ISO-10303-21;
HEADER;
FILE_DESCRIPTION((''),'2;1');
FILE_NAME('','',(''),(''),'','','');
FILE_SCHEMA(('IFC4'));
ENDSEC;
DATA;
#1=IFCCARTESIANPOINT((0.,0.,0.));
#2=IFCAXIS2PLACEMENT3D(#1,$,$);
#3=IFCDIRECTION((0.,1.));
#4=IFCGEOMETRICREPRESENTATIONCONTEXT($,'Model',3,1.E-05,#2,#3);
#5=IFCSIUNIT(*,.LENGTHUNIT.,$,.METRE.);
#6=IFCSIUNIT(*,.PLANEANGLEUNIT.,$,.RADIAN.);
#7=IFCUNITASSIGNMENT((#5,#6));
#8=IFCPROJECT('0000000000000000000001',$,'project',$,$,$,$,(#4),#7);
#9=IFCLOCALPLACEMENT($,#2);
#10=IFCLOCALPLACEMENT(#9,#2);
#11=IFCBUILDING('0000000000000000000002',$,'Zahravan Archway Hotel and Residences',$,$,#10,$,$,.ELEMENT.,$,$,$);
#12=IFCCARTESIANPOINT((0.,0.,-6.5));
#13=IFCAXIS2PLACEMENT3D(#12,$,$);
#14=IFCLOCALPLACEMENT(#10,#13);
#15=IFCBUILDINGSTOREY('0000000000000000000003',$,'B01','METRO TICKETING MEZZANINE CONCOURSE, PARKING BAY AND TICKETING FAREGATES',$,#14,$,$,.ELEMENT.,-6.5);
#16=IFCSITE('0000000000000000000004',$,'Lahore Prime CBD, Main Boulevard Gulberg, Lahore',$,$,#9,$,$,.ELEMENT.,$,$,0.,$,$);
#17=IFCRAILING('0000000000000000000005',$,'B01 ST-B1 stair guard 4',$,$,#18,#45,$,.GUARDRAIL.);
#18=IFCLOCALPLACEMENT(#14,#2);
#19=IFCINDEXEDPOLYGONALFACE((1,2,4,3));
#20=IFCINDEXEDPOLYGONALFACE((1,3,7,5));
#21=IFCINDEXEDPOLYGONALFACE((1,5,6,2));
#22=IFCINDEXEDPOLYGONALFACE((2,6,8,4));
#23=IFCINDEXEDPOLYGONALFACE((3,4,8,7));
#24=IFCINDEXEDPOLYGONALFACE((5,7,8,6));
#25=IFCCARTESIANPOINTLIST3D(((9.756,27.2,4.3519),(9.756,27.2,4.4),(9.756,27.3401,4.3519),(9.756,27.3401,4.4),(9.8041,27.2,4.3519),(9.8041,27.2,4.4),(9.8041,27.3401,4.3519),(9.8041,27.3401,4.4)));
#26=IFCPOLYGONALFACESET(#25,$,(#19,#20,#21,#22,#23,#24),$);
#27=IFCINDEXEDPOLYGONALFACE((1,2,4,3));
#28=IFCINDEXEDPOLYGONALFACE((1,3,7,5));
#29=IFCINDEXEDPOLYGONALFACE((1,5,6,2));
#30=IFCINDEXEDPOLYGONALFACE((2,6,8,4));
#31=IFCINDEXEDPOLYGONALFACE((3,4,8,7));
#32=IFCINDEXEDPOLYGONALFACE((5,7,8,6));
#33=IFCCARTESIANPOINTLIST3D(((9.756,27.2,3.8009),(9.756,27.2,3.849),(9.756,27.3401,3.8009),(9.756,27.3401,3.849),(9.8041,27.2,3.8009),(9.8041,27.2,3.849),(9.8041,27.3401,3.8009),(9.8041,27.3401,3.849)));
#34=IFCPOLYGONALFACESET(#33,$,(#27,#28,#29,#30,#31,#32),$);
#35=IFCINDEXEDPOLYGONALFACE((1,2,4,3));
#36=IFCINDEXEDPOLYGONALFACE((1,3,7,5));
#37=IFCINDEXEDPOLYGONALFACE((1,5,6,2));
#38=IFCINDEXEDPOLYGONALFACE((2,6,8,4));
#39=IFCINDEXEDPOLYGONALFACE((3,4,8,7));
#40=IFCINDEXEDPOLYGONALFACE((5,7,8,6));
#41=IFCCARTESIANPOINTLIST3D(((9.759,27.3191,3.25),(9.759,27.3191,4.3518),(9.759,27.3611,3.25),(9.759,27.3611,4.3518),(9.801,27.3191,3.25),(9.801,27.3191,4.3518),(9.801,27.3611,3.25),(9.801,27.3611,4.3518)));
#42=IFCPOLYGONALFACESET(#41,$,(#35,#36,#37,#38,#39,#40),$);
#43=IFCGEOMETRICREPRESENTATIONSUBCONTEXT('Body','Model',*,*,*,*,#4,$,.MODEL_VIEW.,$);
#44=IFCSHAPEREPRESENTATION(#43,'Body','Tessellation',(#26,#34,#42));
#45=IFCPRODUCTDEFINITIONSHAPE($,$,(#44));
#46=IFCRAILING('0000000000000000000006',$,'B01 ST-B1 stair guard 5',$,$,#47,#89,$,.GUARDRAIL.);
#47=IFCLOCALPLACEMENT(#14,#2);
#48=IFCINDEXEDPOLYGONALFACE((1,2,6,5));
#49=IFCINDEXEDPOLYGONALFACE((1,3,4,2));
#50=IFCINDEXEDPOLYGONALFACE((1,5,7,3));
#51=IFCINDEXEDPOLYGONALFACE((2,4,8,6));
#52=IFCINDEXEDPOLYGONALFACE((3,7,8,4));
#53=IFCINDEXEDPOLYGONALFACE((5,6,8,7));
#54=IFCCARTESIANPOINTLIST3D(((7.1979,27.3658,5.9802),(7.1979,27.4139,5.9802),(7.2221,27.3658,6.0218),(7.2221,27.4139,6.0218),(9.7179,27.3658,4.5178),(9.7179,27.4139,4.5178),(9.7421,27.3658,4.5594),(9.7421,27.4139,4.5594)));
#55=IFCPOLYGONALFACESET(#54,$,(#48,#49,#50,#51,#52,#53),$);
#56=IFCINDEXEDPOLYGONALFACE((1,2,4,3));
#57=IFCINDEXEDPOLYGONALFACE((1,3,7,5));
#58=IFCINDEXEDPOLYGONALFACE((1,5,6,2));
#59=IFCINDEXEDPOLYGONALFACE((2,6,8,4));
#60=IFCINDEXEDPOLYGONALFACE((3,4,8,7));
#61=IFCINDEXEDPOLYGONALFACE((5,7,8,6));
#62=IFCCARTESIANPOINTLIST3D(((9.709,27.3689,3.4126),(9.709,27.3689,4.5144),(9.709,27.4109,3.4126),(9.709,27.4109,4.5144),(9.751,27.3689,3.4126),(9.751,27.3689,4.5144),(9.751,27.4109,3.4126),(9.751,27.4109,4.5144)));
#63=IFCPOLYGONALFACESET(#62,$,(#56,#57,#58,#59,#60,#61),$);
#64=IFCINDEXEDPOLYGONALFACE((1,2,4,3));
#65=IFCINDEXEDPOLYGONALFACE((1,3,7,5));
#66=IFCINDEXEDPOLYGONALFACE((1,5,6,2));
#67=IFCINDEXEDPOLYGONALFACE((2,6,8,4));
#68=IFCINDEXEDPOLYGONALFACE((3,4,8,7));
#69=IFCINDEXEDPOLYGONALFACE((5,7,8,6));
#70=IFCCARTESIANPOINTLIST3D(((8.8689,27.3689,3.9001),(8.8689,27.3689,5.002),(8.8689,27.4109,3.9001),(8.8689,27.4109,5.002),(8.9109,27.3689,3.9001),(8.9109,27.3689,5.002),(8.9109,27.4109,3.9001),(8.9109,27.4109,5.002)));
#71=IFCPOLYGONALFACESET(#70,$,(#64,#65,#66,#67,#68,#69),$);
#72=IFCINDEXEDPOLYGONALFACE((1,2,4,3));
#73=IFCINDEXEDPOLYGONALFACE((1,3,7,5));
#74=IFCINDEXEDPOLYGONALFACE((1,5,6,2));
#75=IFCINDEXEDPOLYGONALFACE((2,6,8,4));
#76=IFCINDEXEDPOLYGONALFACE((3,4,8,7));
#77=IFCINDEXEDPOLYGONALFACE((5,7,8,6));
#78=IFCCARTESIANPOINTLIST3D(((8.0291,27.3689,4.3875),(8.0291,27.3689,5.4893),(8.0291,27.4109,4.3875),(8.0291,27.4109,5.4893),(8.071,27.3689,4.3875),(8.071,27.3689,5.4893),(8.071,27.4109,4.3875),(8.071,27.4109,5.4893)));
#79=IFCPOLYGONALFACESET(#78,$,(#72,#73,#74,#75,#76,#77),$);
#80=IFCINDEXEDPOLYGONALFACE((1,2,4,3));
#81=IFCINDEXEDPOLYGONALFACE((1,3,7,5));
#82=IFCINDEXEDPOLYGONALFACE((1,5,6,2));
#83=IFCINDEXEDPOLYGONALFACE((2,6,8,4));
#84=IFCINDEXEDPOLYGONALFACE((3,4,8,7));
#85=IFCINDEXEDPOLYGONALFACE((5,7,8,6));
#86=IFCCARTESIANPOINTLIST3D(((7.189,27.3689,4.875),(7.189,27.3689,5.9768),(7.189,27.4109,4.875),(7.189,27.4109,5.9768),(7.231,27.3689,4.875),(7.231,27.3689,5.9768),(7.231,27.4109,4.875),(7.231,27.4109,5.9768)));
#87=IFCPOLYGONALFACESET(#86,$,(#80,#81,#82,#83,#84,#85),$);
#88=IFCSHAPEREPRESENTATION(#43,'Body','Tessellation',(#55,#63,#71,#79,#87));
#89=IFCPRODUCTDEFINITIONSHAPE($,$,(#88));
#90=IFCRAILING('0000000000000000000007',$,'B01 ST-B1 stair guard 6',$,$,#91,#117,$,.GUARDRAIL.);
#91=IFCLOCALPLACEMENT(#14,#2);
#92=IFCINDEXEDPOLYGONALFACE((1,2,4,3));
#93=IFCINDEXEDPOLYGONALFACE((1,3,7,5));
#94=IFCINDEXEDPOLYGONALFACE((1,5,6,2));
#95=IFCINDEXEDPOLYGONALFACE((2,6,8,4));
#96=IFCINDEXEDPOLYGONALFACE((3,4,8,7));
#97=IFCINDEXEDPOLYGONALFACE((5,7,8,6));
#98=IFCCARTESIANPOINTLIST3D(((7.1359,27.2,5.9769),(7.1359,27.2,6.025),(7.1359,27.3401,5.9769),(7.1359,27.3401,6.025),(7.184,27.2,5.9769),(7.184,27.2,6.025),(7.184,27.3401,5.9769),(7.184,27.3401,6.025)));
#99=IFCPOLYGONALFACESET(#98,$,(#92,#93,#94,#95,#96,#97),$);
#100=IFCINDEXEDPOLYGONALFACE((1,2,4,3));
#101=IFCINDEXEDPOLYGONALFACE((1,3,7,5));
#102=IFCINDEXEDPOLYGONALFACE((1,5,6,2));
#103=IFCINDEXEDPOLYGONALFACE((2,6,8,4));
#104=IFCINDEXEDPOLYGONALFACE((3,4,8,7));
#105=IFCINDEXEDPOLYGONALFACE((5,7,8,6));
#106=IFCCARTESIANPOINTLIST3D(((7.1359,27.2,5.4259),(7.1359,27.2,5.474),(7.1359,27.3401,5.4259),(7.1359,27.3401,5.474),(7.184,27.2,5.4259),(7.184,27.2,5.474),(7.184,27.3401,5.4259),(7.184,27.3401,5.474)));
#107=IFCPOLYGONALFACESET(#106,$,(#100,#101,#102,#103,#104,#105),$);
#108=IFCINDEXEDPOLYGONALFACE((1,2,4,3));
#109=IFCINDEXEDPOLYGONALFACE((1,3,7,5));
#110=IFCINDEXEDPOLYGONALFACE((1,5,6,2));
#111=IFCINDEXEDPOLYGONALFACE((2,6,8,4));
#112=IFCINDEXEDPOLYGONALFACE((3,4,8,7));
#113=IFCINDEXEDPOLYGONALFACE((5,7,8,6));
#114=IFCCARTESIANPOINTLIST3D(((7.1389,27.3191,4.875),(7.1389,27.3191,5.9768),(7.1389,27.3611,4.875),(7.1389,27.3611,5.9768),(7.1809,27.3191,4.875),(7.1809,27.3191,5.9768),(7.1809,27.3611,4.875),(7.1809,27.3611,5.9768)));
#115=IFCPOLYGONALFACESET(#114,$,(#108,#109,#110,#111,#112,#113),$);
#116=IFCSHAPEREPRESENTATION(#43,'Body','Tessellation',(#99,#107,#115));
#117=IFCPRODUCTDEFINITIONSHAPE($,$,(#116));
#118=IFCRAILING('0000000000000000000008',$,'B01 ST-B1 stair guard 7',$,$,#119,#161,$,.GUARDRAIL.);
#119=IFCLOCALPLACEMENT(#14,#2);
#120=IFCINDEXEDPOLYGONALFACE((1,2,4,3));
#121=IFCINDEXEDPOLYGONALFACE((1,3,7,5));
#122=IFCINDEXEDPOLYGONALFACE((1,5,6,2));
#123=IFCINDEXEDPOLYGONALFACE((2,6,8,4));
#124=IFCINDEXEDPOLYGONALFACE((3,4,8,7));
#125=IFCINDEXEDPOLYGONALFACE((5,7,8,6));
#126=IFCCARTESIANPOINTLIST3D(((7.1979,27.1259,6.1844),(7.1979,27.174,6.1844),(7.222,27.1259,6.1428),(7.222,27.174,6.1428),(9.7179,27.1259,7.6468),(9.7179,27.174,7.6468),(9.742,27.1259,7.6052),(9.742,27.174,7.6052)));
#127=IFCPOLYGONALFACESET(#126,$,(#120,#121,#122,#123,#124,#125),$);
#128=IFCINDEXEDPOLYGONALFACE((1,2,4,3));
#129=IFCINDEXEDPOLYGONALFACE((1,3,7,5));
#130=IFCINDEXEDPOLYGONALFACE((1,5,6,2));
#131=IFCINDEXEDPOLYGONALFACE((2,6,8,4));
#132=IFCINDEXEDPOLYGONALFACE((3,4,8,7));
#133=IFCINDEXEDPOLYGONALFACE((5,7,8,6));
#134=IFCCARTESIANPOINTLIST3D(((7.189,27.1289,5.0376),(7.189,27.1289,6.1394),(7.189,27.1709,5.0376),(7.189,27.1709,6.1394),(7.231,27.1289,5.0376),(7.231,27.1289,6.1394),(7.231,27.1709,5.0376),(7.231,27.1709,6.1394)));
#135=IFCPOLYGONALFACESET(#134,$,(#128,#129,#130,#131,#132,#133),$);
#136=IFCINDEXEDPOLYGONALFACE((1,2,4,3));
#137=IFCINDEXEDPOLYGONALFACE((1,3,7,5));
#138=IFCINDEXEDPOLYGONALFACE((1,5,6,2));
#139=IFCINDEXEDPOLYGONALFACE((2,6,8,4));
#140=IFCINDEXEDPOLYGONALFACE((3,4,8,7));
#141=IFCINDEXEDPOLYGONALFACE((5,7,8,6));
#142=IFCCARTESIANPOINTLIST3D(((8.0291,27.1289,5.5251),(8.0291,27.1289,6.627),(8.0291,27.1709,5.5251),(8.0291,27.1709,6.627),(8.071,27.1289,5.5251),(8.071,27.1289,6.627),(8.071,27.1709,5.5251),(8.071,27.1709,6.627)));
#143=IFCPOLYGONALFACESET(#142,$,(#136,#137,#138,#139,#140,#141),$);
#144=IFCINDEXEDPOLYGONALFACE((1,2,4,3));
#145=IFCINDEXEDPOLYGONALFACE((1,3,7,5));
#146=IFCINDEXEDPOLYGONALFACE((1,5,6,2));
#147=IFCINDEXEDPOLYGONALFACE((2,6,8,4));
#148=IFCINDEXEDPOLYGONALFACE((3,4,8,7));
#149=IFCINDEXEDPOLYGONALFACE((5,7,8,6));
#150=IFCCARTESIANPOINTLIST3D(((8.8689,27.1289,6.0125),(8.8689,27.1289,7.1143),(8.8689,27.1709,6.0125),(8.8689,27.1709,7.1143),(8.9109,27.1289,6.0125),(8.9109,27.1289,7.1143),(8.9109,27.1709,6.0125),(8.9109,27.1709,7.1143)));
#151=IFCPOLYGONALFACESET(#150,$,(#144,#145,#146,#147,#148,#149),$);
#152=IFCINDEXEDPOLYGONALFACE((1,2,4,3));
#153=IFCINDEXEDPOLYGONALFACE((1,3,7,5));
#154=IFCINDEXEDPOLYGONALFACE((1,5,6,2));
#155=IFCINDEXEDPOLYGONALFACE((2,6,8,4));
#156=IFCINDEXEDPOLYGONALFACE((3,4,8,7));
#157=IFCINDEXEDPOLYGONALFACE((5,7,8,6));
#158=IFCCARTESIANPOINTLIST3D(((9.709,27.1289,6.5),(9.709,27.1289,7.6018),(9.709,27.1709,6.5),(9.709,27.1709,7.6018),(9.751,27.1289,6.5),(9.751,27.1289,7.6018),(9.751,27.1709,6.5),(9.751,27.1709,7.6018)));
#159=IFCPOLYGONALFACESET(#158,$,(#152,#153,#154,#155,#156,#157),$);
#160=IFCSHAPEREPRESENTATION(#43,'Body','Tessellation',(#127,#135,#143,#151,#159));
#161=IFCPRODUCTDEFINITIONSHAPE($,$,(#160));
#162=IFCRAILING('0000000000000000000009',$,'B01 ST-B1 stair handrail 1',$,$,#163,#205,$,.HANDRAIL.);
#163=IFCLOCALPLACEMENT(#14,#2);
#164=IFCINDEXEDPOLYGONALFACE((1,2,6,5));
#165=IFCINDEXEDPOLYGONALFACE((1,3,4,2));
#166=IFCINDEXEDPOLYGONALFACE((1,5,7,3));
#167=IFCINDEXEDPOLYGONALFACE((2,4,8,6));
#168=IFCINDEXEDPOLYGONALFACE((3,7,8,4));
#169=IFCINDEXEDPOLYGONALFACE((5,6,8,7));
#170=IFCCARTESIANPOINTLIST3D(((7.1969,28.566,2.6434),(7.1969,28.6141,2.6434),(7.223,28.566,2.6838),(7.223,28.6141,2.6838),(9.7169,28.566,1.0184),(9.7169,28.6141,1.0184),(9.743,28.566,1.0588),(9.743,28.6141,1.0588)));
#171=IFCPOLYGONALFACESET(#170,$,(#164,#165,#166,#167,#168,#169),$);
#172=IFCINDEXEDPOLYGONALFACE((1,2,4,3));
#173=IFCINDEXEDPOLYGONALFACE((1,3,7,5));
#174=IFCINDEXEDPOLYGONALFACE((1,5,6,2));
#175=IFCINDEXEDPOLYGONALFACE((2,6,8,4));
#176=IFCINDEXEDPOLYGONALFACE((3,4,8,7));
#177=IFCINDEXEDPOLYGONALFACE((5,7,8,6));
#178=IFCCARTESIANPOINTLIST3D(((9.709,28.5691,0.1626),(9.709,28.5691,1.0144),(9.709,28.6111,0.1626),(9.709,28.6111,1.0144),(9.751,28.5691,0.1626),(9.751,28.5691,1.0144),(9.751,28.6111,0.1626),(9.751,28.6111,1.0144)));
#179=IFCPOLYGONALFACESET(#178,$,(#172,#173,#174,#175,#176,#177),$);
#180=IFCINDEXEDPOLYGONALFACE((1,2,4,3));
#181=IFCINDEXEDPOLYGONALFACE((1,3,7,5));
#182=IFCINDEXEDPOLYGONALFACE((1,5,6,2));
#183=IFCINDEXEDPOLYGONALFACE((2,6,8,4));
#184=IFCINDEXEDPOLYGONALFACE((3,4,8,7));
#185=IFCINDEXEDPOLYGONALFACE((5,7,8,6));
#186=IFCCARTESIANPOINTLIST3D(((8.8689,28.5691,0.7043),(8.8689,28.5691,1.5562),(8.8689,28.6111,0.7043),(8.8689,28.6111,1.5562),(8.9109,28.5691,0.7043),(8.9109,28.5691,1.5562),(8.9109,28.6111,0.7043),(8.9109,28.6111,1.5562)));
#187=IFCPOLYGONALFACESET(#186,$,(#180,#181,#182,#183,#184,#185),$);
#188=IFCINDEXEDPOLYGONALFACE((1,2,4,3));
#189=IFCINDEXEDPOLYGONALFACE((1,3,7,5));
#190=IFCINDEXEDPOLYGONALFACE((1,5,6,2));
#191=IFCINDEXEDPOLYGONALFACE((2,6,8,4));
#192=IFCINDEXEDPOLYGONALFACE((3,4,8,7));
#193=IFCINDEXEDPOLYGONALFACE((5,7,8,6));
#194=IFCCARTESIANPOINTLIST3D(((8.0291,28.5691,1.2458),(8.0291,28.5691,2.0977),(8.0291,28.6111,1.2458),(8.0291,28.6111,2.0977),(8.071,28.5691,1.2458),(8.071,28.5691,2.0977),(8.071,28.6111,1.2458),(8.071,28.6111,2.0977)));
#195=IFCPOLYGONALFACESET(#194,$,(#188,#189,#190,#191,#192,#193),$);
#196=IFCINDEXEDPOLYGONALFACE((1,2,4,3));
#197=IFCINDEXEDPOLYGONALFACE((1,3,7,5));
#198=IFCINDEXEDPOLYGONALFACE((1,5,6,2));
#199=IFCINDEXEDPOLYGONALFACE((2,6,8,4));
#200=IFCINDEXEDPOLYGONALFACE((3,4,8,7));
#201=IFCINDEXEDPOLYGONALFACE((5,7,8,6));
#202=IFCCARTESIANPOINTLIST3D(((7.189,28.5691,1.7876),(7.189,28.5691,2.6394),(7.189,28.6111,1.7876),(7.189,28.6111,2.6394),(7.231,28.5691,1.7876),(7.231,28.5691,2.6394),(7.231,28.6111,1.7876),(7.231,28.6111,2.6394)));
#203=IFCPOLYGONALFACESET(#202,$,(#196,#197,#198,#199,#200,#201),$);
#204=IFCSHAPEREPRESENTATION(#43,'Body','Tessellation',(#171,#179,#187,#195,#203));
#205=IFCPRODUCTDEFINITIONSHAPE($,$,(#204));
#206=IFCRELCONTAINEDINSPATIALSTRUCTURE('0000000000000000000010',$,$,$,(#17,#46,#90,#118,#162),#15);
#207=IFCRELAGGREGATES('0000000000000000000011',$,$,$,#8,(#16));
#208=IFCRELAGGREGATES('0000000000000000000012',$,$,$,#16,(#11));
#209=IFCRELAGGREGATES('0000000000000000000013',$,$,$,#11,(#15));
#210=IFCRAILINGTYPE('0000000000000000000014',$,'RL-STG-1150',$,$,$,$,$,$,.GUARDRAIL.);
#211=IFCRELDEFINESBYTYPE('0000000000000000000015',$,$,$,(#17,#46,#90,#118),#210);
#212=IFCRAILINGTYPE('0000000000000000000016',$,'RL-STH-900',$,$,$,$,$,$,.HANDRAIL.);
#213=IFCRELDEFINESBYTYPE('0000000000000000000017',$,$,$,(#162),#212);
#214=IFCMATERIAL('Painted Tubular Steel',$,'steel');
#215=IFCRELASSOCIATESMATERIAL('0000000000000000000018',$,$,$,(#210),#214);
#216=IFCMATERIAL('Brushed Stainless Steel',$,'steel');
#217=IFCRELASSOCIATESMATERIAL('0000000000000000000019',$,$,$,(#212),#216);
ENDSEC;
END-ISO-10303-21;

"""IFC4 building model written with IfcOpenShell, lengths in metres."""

from ifc_helpers import new_model, si_unit, direction, frame, origin, origin_2d, place, context, subcontext, project, spatial, rectangle, extrude, material, type_object, element, save


model = new_model("IFC4")

# Units and contexts
model_context = context("Model", 3, precision=1e-05, world=origin(), true_north=direction((0.0, 1.0)))
body_context = subcontext(model_context, "Body", "Model", "MODEL_VIEW")
ifc_project = project(units=[si_unit("LENGTHUNIT", "METRE"), si_unit("PLANEANGLEUNIT", "RADIAN")], contexts=[model_context])

# Site, building, storey
site_placement = place(None, origin())
site = spatial("IfcSite", under=ifc_project, at=site_placement, Name="Lahore Prime CBD, Main Boulevard Gulberg, Lahore", CompositionType="ELEMENT", RefElevation=0.0)
building_placement = place(site_placement, origin())
building = spatial("IfcBuilding", under=site, at=building_placement, Name="Zahravan Archway Hotel and Residences", CompositionType="ELEMENT")
storey_placement = place(building_placement, frame((0.0, 0.0, -6.5)))
storey = spatial("IfcBuildingStorey", under=building, at=storey_placement, Name="B01", Description="METRO TICKETING MEZZANINE CONCOURSE, PARKING BAY AND TICKETING FAREGATES", CompositionType="ELEMENT", Elevation=-6.5)

# Shared definitions
ifc_material_1 = material(Name="Brushed Stainless Steel", Category="steel")

# Railings
ifc_material_2 = material(Name="Painted Tubular Steel", Category="steel")
railing_type_1 = type_object("IfcRailingType", Name="RL-STG-1150", PredefinedType="GUARDRAIL", material=ifc_material_2)
railing_1_placement = place(storey_placement, frame((9.78, 27.3401, 3.25)))
element("IfcRailing", 1, at=railing_1_placement, inside=storey, type_object=railing_type_1, Name="B01 ST-B1 stair guard 4", PredefinedType="GUARDRAIL", context=body_context, shape_type="SweptSolid", body=[
    extrude(rectangle(XDim=0.0481, YDim=0.0481, at=origin_2d()), frame((0.0, 0.0, 1.126), z_axis=(0.0, -1.0, 0.0), x_axis=(1.0, 0.0, 0.0)), (0.0, 0.0, 1.0), 0.1401),
    extrude(rectangle(XDim=0.0481, YDim=0.0481, at=origin_2d()), frame((0.0, 0.0, 0.575), z_axis=(0.0, -1.0, 0.0), x_axis=(1.0, 0.0, 0.0)), (0.0, 0.0, 1.0), 0.1401),
    extrude(rectangle(XDim=0.042, YDim=0.042, at=origin_2d()), origin(), (0.0, 0.0, 1.0), 1.1018),
])
railing_2_placement = place(storey_placement, frame((9.73, 27.3899, 3.4126)))
element("IfcRailing", 2, at=railing_2_placement, inside=storey, type_object=railing_type_1, Name="B01 ST-B1 stair guard 5", PredefinedType="GUARDRAIL", context=body_context, shape_type="SweptSolid", body=[
    extrude(rectangle(XDim=0.0481, YDim=0.0481, at=origin_2d()), frame((0.0, 0.0, 1.126), z_axis=(-0.864913, 0.0, 0.501921), x_axis=(0.0, -1.0, 0.0)), (0.0, 0.0, 1.0), 2.9136),
    extrude(rectangle(XDim=0.042, YDim=0.042, at=origin_2d()), origin(), (0.0, 0.0, 1.0), 1.1018),
    extrude(rectangle(XDim=0.042, YDim=0.042, at=origin_2d()), frame((-0.8401, 0.0, 0.4875)), (0.0, 0.0, 1.0), 1.1018),
    extrude(rectangle(XDim=0.042, YDim=0.042, at=origin_2d()), frame((-1.6799, 0.0, 0.9749)), (0.0, 0.0, 1.0), 1.1018),
    extrude(rectangle(XDim=0.042, YDim=0.042, at=origin_2d()), frame((-2.52, 0.0, 1.4624)), (0.0, 0.0, 1.0), 1.1018),
])
railing_3_placement = place(storey_placement, frame((7.1599, 27.3401, 4.875)))
element("IfcRailing", 3, at=railing_3_placement, inside=storey, type_object=railing_type_1, Name="B01 ST-B1 stair guard 6", PredefinedType="GUARDRAIL", context=body_context, shape_type="SweptSolid", body=[
    extrude(rectangle(XDim=0.0481, YDim=0.0481, at=origin_2d()), frame((0.0, 0.0, 1.126), z_axis=(0.0, -1.0, 0.0), x_axis=(1.0, 0.0, 0.0)), (0.0, 0.0, 1.0), 0.1401),
    extrude(rectangle(XDim=0.0481, YDim=0.0481, at=origin_2d()), frame((0.0, 0.0, 0.575), z_axis=(0.0, -1.0, 0.0), x_axis=(1.0, 0.0, 0.0)), (0.0, 0.0, 1.0), 0.1401),
    extrude(rectangle(XDim=0.042, YDim=0.042, at=origin_2d()), origin(), (0.0, 0.0, 1.0), 1.1018),
])
railing_4_placement = place(storey_placement, frame((7.21, 27.1499, 5.0376)))
element("IfcRailing", 4, at=railing_4_placement, inside=storey, type_object=railing_type_1, Name="B01 ST-B1 stair guard 7", PredefinedType="GUARDRAIL", context=body_context, shape_type="SweptSolid", body=[
    extrude(rectangle(XDim=0.0481, YDim=0.0481, at=origin_2d()), frame((0.0, 0.0, 1.126), z_axis=(0.864913, 0.0, 0.501921), x_axis=(0.0, 1.0, 0.0)), (0.0, 0.0, 1.0), 2.9136),
    extrude(rectangle(XDim=0.042, YDim=0.042, at=origin_2d()), origin(), (0.0, 0.0, 1.0), 1.1018),
    extrude(rectangle(XDim=0.042, YDim=0.042, at=origin_2d()), frame((0.8401, 0.0, 0.4875)), (0.0, 0.0, 1.0), 1.1018),
    extrude(rectangle(XDim=0.042, YDim=0.042, at=origin_2d()), frame((1.6799, 0.0, 0.9749)), (0.0, 0.0, 1.0), 1.1018),
    extrude(rectangle(XDim=0.042, YDim=0.042, at=origin_2d()), frame((2.52, 0.0, 1.4624)), (0.0, 0.0, 1.0), 1.1018),
])
railing_type_2 = type_object("IfcRailingType", Name="RL-STH-900", PredefinedType="HANDRAIL", material=ifc_material_1)
railing_5_placement = place(storey_placement, frame((9.73, 28.5901, 0.1626)))
element("IfcRailing", 5, at=railing_5_placement, inside=storey, type_object=railing_type_2, Name="B01 ST-B1 stair handrail 1", PredefinedType="HANDRAIL", context=body_context, shape_type="SweptSolid", body=[
    extrude(rectangle(XDim=0.0481, YDim=0.0481, at=origin_2d()), frame((0.0, 0.0, 0.876), z_axis=(-0.840421, 0.0, 0.541934), x_axis=(0.0, -1.0, 0.0)), (0.0, 0.0, 1.0), 2.9985),
    extrude(rectangle(XDim=0.042, YDim=0.042, at=origin_2d()), origin(), (0.0, 0.0, 1.0), 0.8518),
    extrude(rectangle(XDim=0.042, YDim=0.042, at=origin_2d()), frame((-0.8401, 0.0, 0.5417)), (0.0, 0.0, 1.0), 0.8518),
    extrude(rectangle(XDim=0.042, YDim=0.042, at=origin_2d()), frame((-1.6799, 0.0, 1.0833)), (0.0, 0.0, 1.0), 0.8518),
    extrude(rectangle(XDim=0.042, YDim=0.042, at=origin_2d()), frame((-2.52, 0.0, 1.625)), (0.0, 0.0, 1.0), 0.8518),
])

save(model, "model.ifc")
